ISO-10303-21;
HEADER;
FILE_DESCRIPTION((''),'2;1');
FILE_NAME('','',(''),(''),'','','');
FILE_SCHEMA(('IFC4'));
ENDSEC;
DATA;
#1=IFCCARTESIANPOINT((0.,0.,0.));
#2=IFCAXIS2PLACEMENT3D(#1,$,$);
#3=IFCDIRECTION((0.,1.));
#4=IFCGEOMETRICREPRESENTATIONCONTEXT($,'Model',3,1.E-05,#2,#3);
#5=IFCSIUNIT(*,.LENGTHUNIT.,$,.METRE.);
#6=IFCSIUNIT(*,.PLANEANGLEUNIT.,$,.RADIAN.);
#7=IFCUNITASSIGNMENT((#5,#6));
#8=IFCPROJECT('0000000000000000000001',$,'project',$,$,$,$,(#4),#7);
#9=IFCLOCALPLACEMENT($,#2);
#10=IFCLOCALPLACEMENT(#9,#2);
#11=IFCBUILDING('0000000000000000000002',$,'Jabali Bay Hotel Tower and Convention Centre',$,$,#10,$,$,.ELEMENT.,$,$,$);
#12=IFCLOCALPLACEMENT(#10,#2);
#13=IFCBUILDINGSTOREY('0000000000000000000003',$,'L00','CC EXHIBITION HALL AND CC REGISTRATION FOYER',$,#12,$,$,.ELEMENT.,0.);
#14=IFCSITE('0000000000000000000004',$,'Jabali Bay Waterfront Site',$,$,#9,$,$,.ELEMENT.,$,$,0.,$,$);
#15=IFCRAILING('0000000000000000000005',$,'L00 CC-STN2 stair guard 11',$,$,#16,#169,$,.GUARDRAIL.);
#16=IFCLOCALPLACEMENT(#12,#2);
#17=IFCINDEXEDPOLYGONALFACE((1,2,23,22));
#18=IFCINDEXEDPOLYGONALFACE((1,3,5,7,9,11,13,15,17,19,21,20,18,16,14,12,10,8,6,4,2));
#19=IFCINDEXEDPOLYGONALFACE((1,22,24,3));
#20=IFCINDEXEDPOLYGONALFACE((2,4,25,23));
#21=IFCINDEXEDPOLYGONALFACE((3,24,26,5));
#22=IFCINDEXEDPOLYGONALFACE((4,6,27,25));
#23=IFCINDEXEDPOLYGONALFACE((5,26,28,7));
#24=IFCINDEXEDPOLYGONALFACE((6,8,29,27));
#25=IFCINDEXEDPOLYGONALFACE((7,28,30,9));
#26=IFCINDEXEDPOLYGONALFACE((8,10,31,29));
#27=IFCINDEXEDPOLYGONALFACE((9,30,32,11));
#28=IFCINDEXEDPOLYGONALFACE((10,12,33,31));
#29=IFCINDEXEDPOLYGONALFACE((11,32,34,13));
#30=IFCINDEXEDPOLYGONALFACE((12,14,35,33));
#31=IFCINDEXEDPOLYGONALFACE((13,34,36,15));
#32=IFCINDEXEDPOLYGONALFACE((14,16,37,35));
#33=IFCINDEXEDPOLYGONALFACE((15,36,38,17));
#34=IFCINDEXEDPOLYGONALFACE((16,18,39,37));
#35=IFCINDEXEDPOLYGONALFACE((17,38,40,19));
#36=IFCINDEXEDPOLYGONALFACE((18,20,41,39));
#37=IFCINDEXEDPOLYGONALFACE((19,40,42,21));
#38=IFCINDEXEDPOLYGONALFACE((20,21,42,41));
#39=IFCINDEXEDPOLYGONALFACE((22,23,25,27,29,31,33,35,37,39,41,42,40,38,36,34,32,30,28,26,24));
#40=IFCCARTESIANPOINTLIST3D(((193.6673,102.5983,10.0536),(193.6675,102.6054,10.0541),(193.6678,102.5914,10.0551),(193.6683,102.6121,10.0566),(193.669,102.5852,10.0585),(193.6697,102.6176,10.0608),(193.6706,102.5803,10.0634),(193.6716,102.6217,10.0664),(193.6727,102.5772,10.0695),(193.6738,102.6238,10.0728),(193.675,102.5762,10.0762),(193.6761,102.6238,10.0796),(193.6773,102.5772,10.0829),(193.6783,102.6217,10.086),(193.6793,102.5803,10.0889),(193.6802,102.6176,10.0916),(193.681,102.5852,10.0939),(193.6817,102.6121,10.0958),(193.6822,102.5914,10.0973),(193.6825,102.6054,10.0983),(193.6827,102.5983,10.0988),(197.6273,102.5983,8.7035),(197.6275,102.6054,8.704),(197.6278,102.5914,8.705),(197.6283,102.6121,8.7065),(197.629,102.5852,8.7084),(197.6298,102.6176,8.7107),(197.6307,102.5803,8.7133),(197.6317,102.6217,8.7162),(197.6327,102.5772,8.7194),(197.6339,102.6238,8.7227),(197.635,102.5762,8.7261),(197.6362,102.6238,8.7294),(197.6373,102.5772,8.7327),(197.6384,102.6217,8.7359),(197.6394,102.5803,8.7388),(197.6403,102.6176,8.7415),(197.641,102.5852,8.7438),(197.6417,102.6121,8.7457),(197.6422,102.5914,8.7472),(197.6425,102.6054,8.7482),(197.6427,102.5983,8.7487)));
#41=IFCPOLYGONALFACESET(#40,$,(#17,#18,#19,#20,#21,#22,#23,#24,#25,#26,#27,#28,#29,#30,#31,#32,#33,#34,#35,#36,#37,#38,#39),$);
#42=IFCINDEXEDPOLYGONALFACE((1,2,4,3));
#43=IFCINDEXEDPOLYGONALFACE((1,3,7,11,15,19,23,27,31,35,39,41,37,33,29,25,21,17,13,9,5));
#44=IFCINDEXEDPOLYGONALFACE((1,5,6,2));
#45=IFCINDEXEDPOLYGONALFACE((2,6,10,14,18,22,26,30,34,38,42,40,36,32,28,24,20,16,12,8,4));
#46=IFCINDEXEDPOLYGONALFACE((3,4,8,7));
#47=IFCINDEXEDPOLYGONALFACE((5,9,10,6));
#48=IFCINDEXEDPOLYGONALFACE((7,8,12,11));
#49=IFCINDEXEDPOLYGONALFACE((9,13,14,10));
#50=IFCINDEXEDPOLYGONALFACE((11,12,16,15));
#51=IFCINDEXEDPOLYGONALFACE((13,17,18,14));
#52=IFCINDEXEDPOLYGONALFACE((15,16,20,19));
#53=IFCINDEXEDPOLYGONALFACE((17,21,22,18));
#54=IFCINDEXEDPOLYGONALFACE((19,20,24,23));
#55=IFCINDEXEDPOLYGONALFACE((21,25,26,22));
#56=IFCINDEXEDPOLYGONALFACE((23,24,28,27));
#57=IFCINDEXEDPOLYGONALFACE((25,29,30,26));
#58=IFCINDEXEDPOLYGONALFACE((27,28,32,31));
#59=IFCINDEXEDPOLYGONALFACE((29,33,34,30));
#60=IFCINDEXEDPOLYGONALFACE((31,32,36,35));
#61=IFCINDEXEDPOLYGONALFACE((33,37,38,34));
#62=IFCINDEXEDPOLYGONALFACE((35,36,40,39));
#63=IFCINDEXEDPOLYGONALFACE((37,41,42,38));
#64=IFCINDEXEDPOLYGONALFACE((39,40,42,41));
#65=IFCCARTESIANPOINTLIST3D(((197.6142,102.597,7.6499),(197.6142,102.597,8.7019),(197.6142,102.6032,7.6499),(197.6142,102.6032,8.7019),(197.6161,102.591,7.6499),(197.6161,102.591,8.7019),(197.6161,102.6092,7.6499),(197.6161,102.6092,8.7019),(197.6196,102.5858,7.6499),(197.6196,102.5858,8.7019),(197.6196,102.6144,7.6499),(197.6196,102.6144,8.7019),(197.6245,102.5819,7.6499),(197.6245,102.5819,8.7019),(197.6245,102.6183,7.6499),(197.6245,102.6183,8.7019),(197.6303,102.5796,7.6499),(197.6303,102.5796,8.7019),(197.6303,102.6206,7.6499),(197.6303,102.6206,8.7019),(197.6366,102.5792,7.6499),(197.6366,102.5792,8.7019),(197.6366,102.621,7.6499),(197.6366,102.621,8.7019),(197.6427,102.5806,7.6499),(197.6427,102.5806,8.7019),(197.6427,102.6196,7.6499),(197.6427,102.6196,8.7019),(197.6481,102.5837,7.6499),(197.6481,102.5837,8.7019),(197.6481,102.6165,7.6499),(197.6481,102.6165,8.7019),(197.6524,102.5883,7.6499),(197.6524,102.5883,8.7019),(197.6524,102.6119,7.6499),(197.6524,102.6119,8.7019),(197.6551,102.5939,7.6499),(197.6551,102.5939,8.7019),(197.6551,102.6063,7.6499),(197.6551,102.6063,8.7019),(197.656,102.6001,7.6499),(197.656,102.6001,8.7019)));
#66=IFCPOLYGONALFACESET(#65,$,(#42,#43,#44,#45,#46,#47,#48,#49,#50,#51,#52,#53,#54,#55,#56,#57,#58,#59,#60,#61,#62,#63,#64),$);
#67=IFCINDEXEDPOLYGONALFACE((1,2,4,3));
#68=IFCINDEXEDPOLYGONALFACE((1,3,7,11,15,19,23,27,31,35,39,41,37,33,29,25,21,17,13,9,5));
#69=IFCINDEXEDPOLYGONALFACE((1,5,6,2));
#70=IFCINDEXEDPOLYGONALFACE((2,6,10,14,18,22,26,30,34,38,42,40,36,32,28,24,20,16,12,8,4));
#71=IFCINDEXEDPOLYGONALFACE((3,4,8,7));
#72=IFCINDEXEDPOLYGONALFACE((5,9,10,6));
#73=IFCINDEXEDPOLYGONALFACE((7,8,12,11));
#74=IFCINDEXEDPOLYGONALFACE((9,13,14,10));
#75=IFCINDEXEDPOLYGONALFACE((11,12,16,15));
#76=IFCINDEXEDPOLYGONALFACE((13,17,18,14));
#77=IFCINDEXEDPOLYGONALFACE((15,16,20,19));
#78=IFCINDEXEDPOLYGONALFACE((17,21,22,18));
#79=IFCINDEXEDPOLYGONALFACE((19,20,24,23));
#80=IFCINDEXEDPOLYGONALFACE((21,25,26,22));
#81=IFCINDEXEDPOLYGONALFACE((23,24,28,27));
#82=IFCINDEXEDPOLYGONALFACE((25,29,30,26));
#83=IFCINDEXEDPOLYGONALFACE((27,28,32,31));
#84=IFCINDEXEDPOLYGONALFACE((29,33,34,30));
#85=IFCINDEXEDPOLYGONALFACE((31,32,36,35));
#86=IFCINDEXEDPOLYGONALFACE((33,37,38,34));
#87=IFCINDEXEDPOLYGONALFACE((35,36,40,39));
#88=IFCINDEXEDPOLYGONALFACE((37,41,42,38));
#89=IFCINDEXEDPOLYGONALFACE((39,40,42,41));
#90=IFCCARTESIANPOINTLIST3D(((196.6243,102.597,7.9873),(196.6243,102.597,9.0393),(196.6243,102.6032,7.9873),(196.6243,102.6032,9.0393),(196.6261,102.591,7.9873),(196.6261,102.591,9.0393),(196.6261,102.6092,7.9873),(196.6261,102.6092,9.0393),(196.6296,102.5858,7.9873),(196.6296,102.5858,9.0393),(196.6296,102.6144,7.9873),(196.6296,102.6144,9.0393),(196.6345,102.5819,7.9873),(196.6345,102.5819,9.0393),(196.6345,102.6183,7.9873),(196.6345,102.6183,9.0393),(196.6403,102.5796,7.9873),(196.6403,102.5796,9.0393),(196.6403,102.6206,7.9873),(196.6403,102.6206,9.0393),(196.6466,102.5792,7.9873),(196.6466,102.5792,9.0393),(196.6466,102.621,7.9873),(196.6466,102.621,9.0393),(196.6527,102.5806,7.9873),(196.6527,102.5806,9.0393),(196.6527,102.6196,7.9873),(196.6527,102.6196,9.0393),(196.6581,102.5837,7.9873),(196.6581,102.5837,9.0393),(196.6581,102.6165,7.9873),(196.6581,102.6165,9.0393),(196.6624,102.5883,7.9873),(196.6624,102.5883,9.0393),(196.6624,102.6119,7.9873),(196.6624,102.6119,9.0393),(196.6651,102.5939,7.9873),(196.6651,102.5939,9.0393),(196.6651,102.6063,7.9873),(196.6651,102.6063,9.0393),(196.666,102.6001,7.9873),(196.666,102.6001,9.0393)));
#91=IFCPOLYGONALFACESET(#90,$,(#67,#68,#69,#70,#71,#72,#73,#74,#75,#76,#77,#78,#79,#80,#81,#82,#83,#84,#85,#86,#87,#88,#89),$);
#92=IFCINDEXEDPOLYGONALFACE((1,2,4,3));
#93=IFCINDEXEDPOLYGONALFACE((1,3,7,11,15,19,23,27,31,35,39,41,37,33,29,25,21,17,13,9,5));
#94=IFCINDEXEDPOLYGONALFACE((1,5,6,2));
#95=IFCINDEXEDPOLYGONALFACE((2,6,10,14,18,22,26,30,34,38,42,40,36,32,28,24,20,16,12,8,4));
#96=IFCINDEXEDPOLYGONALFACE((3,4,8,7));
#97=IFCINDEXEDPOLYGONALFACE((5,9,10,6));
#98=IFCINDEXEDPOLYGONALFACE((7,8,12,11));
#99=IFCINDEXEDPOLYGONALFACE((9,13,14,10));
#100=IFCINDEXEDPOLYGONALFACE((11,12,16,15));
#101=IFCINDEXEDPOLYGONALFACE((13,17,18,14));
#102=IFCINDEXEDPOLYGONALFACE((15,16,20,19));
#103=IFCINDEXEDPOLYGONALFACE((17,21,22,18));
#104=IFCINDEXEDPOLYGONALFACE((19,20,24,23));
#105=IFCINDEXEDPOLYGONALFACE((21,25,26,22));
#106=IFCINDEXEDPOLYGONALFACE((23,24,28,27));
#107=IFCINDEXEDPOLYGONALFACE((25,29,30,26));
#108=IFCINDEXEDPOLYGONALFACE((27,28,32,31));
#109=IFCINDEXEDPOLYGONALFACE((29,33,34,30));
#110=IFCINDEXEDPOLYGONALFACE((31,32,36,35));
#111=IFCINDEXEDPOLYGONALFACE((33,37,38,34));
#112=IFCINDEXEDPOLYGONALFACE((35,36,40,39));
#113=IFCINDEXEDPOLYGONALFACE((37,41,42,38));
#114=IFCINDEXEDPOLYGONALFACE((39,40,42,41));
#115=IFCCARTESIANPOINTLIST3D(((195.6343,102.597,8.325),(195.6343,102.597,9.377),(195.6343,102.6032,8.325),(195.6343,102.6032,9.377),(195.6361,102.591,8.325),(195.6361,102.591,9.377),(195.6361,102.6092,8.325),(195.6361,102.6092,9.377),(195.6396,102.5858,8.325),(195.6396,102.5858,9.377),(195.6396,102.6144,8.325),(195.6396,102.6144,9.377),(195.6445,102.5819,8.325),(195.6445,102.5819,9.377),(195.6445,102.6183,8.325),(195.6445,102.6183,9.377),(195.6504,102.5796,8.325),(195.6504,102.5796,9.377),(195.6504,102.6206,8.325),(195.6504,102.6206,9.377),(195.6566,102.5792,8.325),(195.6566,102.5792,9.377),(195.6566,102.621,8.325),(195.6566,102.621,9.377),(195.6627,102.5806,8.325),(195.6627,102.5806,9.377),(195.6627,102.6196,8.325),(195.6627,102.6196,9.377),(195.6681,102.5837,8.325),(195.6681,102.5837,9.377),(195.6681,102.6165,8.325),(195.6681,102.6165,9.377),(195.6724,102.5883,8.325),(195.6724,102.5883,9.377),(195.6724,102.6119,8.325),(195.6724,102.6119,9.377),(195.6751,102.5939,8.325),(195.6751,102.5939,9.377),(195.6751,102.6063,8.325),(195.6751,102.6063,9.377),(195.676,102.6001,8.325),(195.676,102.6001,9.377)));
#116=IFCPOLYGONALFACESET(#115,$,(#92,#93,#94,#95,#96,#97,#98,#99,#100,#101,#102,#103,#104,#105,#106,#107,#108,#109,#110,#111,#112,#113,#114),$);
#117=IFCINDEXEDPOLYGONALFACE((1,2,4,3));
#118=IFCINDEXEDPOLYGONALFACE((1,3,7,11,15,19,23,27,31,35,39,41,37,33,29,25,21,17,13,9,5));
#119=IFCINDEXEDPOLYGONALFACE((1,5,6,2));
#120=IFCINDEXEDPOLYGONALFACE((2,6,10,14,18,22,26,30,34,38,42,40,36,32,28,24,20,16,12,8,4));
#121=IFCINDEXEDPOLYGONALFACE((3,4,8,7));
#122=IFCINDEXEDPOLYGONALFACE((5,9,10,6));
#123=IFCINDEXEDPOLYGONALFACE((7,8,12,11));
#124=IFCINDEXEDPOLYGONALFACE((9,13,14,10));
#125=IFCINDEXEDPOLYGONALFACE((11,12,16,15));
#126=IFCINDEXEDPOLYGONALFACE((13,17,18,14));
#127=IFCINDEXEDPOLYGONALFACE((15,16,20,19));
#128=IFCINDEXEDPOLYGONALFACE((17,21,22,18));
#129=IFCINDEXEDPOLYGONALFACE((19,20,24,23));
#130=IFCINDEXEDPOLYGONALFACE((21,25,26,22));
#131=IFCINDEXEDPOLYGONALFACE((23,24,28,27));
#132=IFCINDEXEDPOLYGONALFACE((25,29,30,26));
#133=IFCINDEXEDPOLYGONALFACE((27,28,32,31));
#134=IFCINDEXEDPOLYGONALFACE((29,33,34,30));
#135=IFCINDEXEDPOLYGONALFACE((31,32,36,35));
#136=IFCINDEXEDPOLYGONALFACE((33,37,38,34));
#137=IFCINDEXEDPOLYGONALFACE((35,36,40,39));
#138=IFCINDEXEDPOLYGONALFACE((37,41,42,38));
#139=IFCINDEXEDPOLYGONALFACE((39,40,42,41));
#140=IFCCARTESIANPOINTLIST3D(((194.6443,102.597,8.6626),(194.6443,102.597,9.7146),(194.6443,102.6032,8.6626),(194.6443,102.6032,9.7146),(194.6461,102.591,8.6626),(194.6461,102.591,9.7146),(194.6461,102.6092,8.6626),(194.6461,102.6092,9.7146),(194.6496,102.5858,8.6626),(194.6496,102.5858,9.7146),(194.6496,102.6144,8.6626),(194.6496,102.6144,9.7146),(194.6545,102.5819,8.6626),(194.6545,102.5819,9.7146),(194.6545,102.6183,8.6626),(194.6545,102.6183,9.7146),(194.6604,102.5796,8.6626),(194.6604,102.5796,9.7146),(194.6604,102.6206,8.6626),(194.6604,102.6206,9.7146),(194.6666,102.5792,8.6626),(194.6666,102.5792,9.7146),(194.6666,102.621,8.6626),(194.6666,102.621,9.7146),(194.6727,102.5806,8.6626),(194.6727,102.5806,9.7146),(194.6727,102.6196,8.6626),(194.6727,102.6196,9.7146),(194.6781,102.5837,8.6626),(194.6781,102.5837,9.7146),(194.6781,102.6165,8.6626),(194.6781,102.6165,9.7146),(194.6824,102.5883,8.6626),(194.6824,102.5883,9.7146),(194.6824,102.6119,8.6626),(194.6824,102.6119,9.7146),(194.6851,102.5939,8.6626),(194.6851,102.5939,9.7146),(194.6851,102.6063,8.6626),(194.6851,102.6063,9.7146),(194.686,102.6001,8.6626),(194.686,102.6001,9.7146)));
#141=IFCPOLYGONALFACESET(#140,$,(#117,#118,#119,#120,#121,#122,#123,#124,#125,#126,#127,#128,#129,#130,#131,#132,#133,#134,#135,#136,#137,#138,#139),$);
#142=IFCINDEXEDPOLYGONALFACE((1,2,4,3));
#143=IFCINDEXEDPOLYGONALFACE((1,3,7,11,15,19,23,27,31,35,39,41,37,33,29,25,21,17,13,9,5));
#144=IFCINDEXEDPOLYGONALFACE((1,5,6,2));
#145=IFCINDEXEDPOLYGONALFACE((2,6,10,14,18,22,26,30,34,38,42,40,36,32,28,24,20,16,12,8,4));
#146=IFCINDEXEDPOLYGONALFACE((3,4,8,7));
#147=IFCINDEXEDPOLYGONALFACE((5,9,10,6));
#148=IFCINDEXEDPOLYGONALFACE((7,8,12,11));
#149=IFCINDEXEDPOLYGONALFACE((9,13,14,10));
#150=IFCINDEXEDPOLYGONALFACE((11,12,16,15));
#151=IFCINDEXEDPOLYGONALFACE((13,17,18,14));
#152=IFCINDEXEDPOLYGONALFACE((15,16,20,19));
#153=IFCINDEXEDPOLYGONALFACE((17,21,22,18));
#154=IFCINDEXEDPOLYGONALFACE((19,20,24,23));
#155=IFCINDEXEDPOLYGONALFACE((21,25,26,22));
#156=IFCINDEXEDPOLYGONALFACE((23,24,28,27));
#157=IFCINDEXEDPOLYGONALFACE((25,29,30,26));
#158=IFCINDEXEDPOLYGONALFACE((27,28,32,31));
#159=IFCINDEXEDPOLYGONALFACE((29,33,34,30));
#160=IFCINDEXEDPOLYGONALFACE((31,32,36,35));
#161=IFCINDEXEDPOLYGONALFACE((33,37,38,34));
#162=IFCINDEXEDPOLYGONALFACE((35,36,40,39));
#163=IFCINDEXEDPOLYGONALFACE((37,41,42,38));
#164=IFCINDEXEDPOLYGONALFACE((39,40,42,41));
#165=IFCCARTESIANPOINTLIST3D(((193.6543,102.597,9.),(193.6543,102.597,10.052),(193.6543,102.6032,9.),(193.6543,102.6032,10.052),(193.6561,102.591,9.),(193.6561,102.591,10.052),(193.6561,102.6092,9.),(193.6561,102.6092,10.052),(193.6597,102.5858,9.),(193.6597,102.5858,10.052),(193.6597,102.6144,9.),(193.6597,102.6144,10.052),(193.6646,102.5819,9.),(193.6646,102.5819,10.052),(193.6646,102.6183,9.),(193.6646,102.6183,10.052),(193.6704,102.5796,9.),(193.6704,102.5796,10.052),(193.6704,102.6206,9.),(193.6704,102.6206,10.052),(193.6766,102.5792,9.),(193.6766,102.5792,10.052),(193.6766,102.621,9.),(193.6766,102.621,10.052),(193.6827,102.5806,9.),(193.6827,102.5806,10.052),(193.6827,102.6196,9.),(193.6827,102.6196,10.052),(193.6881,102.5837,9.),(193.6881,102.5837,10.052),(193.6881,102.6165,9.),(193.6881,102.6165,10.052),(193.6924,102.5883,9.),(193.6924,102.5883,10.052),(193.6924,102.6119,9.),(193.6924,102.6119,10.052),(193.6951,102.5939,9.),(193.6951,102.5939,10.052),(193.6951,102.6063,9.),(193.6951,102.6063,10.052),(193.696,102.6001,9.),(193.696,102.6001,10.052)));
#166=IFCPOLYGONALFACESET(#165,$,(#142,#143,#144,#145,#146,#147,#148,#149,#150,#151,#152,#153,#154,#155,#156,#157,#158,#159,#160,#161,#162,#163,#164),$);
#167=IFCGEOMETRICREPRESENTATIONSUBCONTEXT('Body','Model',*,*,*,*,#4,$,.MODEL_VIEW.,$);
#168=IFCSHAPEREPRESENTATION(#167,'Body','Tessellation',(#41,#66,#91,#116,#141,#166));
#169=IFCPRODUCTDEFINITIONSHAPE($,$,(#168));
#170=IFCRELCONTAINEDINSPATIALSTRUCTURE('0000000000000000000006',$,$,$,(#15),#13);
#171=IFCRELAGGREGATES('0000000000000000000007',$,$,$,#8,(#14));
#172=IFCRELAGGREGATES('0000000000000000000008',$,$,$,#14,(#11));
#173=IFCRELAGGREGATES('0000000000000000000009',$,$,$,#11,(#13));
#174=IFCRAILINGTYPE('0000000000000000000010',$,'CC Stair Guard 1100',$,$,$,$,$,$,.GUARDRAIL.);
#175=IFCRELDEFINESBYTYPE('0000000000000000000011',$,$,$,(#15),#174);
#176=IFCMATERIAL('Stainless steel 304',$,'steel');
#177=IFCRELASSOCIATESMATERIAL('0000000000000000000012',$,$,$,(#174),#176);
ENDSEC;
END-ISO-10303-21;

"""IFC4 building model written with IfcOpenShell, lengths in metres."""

from ifc_helpers import new_model, si_unit, direction, frame, origin, origin_2d, place, context, subcontext, project, spatial, circle, extrude, material, type_object, element, save


model = new_model("IFC4")

# Units and contexts
model_context = context("Model", 3, precision=1e-05, world=origin(), true_north=direction((0.0, 1.0)))
body_context = subcontext(model_context, "Body", "Model", "MODEL_VIEW")
ifc_project = project(units=[si_unit("LENGTHUNIT", "METRE"), si_unit("PLANEANGLEUNIT", "RADIAN")], contexts=[model_context])

# Site, building, storey
site_placement = place(None, origin())
site = spatial("IfcSite", under=ifc_project, at=site_placement, Name="Jabali Bay Waterfront Site", CompositionType="ELEMENT", RefElevation=0.0)
building_placement = place(site_placement, origin())
building = spatial("IfcBuilding", under=site, at=building_placement, Name="Jabali Bay Hotel Tower and Convention Centre", CompositionType="ELEMENT")
storey_placement = place(building_placement, origin())
storey = spatial("IfcBuildingStorey", under=building, at=storey_placement, Name="L00", Description="CC EXHIBITION HALL AND CC REGISTRATION FOYER", CompositionType="ELEMENT", Elevation=0.0)

# Railing
ifc_material_1 = material(Name="Stainless steel 304", Category="steel")
railing_type_1 = type_object("IfcRailingType", Name="CC Stair Guard 1100", PredefinedType="GUARDRAIL", material=ifc_material_1)
for number, where, name in (
    (1, (197.635, 102.6001, 7.6499), "L00 CC-STN2 stair guard 11"),
):
    element("IfcRailing", number, at=place(storey_placement, frame(where)), inside=storey, type_object=railing_type_1, Name=name, PredefinedType="GUARDRAIL", context=body_context, shape_type="SweptSolid", body=[
        extrude(circle(Radius=0.0239, at=origin_2d()), frame((0.0, 0.0, 1.0762), z_axis=(-0.946502, 0.0, 0.322698), x_axis=(0.0, -1.0, 0.0)), (0.0, 0.0, 1.0), 4.1838),
        extrude(circle(Radius=0.021, at=origin_2d()), origin(), (0.0, 0.0, 1.0), 1.052),
        extrude(circle(Radius=0.021, at=origin_2d()), frame((-0.99, 0.0, 0.3374)), (0.0, 0.0, 1.0), 1.052),
        extrude(circle(Radius=0.021, at=origin_2d()), frame((-1.98, 0.0, 0.675)), (0.0, 0.0, 1.0), 1.052),
        extrude(circle(Radius=0.021, at=origin_2d()), frame((-2.97, 0.0, 1.0127)), (0.0, 0.0, 1.0), 1.052),
        extrude(circle(Radius=0.021, at=origin_2d()), frame((-3.96, 0.0, 1.3501)), (0.0, 0.0, 1.0), 1.052),
    ])

save(model, "model.ifc")
